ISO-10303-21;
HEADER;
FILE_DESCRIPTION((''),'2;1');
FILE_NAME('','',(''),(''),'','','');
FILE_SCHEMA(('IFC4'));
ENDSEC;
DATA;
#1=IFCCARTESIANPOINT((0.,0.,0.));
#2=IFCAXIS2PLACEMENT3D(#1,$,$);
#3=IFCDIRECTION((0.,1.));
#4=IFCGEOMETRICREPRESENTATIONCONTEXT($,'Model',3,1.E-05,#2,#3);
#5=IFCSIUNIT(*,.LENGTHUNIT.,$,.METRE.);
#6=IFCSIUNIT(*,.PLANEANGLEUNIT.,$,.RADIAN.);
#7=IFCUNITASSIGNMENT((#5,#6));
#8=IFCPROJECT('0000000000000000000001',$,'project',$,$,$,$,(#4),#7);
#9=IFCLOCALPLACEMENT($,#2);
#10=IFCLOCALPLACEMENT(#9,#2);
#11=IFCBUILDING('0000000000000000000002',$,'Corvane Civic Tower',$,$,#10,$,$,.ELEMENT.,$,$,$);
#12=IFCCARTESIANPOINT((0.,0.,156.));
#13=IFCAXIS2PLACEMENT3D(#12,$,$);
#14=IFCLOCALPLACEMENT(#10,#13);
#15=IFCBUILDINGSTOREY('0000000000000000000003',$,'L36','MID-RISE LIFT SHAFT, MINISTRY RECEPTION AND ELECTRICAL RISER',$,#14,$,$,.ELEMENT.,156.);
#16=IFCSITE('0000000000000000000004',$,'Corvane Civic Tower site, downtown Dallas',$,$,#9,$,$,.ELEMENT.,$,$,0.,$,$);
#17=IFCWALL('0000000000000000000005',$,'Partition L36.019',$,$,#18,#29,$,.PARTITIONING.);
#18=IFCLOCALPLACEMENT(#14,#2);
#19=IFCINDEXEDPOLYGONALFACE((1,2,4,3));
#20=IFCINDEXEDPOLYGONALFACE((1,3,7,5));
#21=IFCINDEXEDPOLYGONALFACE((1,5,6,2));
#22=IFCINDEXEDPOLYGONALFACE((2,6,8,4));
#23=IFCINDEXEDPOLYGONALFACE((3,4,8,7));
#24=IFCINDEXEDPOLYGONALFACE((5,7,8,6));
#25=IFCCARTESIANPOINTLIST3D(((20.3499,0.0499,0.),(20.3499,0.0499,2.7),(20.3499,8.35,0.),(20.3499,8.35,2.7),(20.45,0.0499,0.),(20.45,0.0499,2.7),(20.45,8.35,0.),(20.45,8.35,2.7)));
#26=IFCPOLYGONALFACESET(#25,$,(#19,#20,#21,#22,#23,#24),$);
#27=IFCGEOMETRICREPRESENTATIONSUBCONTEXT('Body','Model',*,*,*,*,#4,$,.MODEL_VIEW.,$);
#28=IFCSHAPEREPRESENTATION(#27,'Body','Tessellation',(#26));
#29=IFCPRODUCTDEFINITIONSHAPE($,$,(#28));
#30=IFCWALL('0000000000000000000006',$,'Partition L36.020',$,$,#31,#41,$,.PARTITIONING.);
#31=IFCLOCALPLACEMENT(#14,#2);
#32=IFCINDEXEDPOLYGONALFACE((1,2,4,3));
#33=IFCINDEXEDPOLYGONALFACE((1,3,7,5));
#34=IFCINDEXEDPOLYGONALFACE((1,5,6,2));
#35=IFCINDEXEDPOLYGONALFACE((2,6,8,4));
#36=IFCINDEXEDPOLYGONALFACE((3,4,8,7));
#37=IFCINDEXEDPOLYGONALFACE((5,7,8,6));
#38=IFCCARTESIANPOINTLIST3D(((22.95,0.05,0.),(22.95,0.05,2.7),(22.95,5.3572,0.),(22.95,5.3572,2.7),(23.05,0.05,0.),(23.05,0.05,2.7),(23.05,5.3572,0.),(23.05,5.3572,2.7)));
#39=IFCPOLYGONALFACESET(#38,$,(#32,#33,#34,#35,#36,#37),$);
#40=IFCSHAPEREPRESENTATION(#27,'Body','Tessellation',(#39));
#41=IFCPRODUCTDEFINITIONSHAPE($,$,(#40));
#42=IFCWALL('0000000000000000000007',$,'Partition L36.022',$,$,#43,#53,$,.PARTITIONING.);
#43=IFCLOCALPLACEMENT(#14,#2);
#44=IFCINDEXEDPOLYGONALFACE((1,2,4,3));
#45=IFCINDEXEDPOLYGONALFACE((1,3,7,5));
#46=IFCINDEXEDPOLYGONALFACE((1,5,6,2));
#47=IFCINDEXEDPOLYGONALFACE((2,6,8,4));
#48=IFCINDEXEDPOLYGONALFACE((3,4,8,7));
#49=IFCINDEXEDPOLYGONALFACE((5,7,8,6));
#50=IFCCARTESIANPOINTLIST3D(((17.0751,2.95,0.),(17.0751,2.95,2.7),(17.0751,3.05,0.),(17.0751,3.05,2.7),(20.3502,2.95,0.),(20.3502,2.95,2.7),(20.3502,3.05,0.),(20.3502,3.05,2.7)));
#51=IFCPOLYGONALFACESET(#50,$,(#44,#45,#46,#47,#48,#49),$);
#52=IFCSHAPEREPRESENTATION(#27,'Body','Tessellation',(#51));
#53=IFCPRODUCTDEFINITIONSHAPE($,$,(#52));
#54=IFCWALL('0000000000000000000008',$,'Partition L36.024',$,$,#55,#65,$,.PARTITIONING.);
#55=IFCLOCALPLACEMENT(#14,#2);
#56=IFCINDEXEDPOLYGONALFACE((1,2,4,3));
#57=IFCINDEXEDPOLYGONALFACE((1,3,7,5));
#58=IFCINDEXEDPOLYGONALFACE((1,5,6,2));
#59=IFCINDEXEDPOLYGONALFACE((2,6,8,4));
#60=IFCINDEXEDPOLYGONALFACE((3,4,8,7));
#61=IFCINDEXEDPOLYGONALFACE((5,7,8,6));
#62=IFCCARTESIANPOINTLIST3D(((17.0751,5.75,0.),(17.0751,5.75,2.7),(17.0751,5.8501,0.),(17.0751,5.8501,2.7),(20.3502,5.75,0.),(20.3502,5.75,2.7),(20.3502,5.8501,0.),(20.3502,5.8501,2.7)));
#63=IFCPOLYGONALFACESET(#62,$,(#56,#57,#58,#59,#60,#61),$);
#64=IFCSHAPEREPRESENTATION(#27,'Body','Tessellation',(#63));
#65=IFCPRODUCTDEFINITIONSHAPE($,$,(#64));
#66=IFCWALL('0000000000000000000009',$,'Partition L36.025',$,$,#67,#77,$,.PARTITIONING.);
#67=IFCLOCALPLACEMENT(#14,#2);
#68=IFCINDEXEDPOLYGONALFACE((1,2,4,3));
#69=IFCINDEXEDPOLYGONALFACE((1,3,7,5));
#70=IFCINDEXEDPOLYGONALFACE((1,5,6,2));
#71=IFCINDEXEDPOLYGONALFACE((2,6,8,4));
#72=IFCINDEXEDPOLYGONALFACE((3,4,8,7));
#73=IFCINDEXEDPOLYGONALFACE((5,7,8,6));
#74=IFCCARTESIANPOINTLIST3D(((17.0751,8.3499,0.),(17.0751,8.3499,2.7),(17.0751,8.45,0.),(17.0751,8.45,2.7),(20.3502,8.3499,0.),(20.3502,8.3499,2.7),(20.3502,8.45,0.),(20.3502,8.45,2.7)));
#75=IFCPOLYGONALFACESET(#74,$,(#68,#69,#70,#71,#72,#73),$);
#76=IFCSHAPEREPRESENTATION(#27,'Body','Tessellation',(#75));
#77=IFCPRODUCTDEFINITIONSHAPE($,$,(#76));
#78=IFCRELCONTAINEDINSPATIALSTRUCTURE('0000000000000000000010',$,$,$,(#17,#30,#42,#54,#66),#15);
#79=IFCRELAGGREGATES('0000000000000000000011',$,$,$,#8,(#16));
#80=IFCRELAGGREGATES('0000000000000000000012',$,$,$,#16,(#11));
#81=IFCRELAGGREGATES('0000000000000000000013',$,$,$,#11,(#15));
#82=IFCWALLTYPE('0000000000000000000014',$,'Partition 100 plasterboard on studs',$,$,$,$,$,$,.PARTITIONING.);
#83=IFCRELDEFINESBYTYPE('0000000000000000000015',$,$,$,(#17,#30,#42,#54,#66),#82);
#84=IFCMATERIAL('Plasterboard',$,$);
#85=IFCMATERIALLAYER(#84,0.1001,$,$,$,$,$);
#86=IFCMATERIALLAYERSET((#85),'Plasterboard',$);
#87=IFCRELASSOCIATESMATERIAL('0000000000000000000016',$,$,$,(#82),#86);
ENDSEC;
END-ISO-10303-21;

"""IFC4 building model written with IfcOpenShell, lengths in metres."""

from ifc_helpers import new_model, si_unit, direction, frame, frame_2d, origin, place, context, subcontext, project, spatial, rectangle, extrude, material, layer, layer_set, type_object, element, save


model = new_model("IFC4")

# Units and contexts
model_context = context("Model", 3, precision=1e-05, world=origin(), true_north=direction((0.0, 1.0)))
body_context = subcontext(model_context, "Body", "Model", "MODEL_VIEW")
ifc_project = project(units=[si_unit("LENGTHUNIT", "METRE"), si_unit("PLANEANGLEUNIT", "RADIAN")], contexts=[model_context])

# Site, building, storey
site_placement = place(None, origin())
site = spatial("IfcSite", under=ifc_project, at=site_placement, Name="Corvane Civic Tower site, downtown Dallas", CompositionType="ELEMENT", RefElevation=0.0)
building_placement = place(site_placement, origin())
building = spatial("IfcBuilding", under=site, at=building_placement, Name="Corvane Civic Tower", CompositionType="ELEMENT")
storey_placement = place(building_placement, frame((0.0, 0.0, 156.0)))
storey = spatial("IfcBuildingStorey", under=building, at=storey_placement, Name="L36", Description="MID-RISE LIFT SHAFT, MINISTRY RECEPTION AND ELECTRICAL RISER", CompositionType="ELEMENT", Elevation=156.0)

# Walls
ifc_material_1 = material(Name="Plasterboard")
ifc_layer_1 = layer(ifc_material_1, 0.1001)
ifc_layer_set_1 = layer_set([ifc_layer_1], Name="Plasterboard")
wall_type = type_object("IfcWallType", Name="Partition 100 plasterboard on studs", PredefinedType="PARTITIONING", material=ifc_layer_set_1)
wall_1_placement = place(storey_placement, frame((20.3999, 0.05, 0.0), z_axis=(0.0, 0.0, 1.0), x_axis=(0.0, 1.0, 0.0)))
element("IfcWall", 1, at=wall_1_placement, inside=storey, type_object=wall_type, Name="Partition L36.019", PredefinedType="PARTITIONING", context=body_context, shape_type="SweptSolid", body=[
    extrude(rectangle(XDim=8.3, YDim=0.1001, at=frame_2d((4.1499, 0.0))), origin(), (0.0, 0.0, 1.0), 2.7),
])
wall_2_placement = place(storey_placement, frame((23.0, 0.05, 0.0), z_axis=(0.0, 0.0, 1.0), x_axis=(0.0, 1.0, 0.0)))
element("IfcWall", 2, at=wall_2_placement, inside=storey, type_object=wall_type, Name="Partition L36.020", PredefinedType="PARTITIONING", context=body_context, shape_type="SweptSolid", body=[
    extrude(rectangle(XDim=5.3071, YDim=0.1001, at=frame_2d((2.6536, 0.0))), origin(), (0.0, 0.0, 1.0), 2.7),
])
for number, where, z_axis, x_axis, name in (
    (3, (17.075, 3.0, 0.0), (0.0, 0.0, 1.0), (1.0, 0.0, 0.0), "Partition L36.022"),
    (4, (17.075, 5.8, 0.0), (0.0, 0.0, 1.0), (1.0, 0.0, 0.0), "Partition L36.024"),
    (5, (17.075, 8.3999, 0.0), (0.0, 0.0, 1.0), (1.0, 0.0, 0.0), "Partition L36.025"),
):
    element("IfcWall", number, at=place(storey_placement, frame(where, z_axis=z_axis, x_axis=x_axis)), inside=storey, type_object=wall_type, Name=name, PredefinedType="PARTITIONING", context=body_context, shape_type="SweptSolid", body=[
        extrude(rectangle(XDim=3.2751, YDim=0.1001, at=frame_2d((1.6377, 0.0))), origin(), (0.0, 0.0, 1.0), 2.7),
    ])

save(model, "model.ifc")
